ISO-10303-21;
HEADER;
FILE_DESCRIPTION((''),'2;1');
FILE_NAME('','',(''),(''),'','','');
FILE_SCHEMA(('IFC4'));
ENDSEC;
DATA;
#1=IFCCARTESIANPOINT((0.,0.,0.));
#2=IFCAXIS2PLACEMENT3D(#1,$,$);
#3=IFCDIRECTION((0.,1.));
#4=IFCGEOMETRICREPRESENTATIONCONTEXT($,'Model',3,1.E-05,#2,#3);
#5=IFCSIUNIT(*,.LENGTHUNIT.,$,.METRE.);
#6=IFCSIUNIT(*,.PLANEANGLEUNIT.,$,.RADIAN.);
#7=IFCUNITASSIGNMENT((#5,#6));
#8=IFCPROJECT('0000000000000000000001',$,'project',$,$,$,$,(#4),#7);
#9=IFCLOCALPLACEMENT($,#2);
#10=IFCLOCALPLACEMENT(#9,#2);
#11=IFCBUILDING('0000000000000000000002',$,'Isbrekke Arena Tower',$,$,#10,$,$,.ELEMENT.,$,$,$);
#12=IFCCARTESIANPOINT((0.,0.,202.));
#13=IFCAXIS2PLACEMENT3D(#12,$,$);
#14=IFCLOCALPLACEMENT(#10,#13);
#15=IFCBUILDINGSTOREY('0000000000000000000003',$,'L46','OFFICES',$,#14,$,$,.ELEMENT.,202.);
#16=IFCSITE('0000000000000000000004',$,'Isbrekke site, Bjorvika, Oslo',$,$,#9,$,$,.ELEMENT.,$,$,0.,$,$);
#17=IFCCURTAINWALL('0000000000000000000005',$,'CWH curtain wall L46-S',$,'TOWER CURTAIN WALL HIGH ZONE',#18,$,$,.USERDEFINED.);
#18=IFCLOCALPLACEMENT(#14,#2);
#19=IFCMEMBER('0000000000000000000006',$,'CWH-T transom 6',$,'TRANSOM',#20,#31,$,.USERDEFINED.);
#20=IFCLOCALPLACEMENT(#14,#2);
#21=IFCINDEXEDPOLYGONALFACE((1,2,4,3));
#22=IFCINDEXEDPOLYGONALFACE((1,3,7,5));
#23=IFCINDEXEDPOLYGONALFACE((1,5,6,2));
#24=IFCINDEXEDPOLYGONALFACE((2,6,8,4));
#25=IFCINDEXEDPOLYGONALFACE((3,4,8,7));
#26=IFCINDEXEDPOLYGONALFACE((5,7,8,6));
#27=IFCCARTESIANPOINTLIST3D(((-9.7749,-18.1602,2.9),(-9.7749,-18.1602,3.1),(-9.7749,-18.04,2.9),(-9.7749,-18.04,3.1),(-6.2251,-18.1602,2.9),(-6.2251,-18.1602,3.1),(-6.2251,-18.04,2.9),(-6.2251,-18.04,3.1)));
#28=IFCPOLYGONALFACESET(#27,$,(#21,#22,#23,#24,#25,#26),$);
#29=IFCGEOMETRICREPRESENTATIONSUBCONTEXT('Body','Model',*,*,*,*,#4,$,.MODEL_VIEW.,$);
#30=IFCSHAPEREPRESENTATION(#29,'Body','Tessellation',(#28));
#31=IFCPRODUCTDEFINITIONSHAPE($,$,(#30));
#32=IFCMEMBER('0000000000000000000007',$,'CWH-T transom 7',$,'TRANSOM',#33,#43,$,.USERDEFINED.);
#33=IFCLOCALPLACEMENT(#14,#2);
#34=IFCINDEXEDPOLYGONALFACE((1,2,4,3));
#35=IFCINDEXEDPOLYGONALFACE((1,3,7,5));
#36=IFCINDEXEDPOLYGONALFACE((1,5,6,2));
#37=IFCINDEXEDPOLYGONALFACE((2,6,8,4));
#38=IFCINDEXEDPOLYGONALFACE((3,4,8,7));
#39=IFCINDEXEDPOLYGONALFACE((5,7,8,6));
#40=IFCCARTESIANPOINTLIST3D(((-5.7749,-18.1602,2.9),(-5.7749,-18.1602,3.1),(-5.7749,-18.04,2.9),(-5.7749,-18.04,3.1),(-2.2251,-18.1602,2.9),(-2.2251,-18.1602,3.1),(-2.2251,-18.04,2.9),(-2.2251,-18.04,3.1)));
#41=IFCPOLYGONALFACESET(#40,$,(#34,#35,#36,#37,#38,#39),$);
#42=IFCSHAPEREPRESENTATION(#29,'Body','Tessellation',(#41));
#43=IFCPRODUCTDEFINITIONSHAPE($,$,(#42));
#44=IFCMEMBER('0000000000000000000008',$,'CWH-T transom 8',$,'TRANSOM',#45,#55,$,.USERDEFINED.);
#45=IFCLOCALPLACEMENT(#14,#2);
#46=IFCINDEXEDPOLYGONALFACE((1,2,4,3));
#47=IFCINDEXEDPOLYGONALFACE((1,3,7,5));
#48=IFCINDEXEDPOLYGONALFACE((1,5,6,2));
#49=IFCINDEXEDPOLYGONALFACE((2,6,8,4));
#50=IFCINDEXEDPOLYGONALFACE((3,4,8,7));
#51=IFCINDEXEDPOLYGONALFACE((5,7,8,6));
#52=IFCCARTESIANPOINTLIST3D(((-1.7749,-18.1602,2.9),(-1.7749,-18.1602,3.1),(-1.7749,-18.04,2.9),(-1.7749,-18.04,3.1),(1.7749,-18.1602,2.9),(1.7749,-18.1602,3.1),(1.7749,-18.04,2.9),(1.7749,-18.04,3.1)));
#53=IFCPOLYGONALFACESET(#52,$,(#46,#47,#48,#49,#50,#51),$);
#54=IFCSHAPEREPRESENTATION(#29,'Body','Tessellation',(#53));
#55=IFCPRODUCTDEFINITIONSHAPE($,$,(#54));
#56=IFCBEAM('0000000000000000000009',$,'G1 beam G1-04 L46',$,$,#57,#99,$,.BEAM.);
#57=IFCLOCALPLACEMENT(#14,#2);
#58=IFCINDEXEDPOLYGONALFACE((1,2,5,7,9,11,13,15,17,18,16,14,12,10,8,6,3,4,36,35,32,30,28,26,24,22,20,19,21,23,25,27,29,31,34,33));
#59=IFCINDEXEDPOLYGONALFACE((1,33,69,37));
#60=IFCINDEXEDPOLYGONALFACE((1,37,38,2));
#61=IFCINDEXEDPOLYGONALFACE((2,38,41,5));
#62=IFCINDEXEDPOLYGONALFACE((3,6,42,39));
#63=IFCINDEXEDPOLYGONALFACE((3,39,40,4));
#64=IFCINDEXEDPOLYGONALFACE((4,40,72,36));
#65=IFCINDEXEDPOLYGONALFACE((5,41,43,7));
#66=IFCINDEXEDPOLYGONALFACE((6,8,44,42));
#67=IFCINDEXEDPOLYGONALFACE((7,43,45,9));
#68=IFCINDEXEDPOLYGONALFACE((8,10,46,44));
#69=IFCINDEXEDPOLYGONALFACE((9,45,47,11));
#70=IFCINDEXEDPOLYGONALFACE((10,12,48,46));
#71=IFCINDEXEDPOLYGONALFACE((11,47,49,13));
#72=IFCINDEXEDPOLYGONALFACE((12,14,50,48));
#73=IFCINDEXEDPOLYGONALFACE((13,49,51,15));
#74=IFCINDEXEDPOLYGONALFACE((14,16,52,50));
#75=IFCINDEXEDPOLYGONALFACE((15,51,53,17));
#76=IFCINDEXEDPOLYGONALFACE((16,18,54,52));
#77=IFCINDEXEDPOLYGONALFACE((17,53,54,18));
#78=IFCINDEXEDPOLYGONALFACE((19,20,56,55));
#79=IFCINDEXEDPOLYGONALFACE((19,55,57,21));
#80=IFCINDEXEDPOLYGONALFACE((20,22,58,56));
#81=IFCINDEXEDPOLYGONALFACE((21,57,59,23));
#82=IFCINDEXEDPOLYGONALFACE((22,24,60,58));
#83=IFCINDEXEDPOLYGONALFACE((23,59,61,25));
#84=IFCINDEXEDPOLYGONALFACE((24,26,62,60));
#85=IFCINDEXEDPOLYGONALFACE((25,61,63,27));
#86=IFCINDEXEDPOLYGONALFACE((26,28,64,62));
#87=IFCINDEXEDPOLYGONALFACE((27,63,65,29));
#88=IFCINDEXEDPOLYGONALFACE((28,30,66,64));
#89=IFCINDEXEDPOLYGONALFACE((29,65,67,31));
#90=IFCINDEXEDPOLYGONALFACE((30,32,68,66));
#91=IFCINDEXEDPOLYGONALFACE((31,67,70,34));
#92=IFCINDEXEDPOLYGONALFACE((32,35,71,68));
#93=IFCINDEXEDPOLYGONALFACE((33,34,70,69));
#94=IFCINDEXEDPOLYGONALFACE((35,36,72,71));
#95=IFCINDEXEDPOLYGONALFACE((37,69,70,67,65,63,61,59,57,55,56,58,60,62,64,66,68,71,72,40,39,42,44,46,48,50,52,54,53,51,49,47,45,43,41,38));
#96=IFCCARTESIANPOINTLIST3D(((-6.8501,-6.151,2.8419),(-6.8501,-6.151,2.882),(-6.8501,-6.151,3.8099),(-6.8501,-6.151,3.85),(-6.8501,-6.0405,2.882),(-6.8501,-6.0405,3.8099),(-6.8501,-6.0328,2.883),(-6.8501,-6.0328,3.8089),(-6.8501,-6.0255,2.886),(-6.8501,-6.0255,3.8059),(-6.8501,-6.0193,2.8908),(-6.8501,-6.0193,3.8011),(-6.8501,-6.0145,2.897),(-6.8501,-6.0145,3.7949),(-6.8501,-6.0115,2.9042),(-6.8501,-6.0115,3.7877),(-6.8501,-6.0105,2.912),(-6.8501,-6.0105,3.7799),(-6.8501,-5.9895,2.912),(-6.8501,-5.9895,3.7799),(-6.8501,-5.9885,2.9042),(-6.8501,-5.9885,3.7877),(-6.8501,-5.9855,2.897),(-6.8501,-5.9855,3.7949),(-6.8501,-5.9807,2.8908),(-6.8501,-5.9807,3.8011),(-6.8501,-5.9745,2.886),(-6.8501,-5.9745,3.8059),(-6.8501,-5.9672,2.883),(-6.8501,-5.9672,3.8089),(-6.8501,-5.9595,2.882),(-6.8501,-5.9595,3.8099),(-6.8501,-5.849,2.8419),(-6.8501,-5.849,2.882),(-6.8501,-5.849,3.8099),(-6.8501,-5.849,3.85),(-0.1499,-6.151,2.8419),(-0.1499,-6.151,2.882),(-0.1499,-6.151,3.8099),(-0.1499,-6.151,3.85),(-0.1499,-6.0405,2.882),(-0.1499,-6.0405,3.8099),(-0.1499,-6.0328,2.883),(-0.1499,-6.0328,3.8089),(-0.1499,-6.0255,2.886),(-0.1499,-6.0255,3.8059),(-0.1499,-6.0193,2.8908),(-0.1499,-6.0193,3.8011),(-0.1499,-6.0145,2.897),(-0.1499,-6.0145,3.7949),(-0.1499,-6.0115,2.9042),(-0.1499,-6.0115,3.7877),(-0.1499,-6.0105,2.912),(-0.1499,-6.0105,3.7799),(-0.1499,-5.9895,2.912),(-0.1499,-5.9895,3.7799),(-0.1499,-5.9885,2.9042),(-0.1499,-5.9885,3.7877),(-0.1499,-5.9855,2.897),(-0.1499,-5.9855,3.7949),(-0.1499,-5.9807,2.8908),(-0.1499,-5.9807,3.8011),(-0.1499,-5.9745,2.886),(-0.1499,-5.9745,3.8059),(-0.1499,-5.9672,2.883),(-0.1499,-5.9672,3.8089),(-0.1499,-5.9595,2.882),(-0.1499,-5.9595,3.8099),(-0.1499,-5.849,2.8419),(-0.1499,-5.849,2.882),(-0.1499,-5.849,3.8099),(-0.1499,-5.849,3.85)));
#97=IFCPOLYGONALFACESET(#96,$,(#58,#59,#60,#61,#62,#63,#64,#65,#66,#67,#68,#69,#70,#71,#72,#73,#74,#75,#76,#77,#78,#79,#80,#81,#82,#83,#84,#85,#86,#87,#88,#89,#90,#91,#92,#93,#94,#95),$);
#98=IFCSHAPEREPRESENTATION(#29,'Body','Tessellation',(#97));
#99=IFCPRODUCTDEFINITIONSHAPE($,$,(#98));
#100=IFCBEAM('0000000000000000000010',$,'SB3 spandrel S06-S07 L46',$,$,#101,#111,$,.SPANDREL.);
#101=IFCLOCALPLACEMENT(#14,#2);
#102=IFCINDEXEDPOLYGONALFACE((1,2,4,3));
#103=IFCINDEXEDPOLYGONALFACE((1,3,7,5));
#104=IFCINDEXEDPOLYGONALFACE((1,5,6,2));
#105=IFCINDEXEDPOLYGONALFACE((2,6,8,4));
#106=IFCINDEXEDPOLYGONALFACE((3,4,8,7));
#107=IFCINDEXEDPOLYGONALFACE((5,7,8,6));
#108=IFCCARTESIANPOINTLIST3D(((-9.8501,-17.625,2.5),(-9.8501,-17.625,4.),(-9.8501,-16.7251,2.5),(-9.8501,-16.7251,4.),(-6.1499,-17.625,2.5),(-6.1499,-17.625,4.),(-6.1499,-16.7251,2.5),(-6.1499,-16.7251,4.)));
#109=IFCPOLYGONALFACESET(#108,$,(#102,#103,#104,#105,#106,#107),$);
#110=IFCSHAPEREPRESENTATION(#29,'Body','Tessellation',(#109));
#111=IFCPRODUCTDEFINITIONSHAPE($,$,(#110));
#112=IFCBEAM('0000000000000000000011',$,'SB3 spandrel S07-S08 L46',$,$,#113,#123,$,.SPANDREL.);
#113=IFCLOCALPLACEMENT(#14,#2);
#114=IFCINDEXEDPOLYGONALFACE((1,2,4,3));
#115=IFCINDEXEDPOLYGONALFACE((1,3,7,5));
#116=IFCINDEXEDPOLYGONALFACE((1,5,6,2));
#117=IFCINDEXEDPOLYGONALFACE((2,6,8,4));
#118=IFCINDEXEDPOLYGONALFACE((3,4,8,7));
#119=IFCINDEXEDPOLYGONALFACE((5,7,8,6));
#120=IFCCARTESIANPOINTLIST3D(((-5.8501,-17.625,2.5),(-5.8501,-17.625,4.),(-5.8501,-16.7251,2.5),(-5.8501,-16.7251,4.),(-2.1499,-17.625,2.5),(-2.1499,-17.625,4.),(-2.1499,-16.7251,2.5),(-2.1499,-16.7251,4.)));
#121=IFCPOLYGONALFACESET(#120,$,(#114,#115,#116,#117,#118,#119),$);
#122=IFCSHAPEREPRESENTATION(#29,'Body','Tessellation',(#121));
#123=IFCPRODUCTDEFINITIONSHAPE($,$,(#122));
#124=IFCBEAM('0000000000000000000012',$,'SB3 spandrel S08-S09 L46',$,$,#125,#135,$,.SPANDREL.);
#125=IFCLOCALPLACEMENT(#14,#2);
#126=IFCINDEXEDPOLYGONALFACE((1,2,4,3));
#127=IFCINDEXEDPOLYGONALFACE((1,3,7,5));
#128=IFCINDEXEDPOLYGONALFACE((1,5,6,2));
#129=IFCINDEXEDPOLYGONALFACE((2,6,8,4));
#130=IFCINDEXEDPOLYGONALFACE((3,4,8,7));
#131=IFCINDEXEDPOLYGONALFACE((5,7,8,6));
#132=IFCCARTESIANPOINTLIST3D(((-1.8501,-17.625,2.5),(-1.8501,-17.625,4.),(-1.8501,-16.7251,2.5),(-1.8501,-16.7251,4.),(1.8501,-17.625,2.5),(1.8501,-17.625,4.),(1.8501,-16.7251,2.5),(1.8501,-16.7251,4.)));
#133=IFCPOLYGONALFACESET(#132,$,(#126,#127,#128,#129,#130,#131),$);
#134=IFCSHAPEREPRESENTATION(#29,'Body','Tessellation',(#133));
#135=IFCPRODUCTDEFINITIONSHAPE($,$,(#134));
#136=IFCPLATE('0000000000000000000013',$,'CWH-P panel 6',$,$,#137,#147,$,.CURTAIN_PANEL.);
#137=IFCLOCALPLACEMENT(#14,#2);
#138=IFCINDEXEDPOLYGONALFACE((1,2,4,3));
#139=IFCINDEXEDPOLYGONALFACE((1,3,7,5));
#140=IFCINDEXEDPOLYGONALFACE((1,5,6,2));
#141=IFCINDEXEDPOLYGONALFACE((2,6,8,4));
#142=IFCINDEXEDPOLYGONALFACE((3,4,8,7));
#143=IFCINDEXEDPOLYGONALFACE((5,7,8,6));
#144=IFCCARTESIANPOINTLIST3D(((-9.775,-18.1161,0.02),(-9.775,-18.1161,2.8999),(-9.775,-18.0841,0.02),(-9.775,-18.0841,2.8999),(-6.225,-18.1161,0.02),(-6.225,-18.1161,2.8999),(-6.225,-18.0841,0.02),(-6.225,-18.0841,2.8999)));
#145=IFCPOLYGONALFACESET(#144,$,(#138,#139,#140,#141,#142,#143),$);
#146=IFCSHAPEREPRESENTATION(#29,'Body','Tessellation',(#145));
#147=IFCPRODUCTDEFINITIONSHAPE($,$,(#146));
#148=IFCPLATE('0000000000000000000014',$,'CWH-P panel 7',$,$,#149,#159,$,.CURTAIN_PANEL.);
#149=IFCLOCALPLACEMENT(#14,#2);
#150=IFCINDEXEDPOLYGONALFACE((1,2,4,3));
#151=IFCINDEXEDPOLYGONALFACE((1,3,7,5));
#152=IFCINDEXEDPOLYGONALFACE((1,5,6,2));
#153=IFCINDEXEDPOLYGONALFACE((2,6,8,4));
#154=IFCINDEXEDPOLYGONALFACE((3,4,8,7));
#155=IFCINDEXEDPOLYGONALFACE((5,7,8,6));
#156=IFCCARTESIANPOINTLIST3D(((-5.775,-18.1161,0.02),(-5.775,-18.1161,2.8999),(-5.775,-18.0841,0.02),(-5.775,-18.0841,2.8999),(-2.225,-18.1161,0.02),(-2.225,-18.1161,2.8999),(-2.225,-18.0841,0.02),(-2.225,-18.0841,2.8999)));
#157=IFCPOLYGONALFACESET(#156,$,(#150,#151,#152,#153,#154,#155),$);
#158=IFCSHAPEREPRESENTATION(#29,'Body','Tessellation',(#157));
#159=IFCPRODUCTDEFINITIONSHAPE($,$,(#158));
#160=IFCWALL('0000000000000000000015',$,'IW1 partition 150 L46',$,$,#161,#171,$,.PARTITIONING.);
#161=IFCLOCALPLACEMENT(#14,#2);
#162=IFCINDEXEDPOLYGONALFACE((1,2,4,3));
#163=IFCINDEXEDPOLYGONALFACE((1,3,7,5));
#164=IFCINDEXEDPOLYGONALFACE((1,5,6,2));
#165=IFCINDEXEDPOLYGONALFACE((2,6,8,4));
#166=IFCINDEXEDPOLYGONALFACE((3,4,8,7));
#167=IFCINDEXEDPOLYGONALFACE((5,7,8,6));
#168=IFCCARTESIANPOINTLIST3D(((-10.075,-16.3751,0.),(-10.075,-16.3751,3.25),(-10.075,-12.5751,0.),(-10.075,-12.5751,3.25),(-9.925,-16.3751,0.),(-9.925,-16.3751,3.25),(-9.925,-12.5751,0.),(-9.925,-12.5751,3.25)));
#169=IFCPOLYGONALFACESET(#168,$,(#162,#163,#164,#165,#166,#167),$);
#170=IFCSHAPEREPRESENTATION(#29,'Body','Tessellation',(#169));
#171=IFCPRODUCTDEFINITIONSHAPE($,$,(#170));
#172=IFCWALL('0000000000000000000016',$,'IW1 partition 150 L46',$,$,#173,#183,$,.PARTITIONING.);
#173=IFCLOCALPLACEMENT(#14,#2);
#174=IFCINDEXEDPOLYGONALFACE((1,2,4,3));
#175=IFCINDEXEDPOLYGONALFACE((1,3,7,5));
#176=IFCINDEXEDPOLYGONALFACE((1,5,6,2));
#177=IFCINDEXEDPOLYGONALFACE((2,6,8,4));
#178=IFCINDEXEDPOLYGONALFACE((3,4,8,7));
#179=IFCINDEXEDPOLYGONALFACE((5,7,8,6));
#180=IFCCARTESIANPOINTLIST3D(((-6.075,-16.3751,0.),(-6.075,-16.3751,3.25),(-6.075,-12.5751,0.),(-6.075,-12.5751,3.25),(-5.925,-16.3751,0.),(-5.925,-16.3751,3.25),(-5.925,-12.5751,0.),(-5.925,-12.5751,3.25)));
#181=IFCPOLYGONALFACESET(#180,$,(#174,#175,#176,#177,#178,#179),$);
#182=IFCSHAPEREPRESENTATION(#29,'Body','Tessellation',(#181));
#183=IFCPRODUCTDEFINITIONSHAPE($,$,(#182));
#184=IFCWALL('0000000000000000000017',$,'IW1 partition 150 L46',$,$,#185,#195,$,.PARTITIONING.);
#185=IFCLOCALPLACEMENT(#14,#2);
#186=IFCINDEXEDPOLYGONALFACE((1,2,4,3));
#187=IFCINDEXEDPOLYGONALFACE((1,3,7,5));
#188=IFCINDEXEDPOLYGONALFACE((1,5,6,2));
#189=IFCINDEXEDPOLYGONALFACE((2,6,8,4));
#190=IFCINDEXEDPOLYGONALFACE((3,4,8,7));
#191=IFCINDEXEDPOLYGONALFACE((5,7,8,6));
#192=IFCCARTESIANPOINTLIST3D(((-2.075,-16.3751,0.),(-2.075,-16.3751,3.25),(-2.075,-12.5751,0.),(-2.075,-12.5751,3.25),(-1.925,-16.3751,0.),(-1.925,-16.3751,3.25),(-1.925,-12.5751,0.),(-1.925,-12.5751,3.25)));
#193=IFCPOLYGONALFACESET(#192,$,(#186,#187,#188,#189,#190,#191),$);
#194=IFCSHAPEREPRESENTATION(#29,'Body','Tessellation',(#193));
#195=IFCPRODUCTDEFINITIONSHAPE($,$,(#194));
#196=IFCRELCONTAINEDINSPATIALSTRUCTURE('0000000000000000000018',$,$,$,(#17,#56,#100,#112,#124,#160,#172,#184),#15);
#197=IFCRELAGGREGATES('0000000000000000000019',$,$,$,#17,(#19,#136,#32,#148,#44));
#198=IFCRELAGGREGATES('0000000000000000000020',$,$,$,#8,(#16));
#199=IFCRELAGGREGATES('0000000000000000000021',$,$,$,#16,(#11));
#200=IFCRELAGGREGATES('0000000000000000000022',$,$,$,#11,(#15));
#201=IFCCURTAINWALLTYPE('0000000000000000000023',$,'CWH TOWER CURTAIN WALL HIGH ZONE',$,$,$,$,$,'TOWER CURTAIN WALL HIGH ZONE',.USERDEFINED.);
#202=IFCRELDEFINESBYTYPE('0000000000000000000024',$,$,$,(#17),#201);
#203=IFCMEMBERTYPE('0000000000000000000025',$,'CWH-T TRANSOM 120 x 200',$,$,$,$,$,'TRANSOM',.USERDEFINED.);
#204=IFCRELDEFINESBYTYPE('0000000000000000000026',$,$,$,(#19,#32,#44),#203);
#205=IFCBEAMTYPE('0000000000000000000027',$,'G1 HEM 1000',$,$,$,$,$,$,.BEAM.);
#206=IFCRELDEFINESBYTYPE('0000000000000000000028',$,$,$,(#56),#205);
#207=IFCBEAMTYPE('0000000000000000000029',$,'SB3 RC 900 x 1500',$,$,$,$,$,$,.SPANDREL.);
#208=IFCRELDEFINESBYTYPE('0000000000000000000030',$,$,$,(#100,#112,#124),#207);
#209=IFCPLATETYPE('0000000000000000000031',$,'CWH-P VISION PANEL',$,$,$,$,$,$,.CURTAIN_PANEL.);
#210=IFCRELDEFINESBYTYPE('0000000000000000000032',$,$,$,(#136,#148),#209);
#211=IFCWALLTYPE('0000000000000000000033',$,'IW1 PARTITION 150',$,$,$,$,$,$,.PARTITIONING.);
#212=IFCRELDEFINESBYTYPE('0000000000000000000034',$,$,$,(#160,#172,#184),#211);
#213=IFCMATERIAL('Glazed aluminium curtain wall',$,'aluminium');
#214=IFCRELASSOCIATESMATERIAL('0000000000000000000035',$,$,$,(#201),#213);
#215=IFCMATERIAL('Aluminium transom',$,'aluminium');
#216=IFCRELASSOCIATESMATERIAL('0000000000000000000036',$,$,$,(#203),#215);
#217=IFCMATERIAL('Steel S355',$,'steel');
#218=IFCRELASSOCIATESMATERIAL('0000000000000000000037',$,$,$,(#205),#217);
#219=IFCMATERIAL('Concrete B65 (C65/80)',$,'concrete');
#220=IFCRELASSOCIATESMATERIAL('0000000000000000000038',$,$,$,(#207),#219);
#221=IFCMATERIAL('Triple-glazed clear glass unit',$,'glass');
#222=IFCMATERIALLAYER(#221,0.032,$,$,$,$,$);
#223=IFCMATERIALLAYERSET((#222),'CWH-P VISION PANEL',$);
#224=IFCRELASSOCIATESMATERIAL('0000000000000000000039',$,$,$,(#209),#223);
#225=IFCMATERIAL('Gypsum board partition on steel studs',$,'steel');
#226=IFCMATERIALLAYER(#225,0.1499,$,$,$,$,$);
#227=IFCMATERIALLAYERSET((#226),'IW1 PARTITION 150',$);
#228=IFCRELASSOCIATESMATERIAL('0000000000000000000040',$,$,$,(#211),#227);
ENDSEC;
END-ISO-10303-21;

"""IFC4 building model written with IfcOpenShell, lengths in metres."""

from ifc_helpers import new_model, si_unit, direction, frame, frame_2d, origin, origin_2d, place, context, subcontext, project, spatial, rectangle, i_section, extrude, material, layer, layer_set, material_profile, profile_set, type_object, element, aggregate, save


model = new_model("IFC4")

# Units and contexts
model_context = context("Model", 3, precision=1e-05, world=origin(), true_north=direction((0.0, 1.0)))
body_context = subcontext(model_context, "Body", "Model", "MODEL_VIEW")
ifc_project = project(units=[si_unit("LENGTHUNIT", "METRE"), si_unit("PLANEANGLEUNIT", "RADIAN")], contexts=[model_context])

# Site, building, storey
site_placement = place(None, origin())
site = spatial("IfcSite", under=ifc_project, at=site_placement, Name="Isbrekke site, Bjorvika, Oslo", CompositionType="ELEMENT", RefElevation=0.0)
building_placement = place(site_placement, origin())
building = spatial("IfcBuilding", under=site, at=building_placement, Name="Isbrekke Arena Tower", CompositionType="ELEMENT")
storey_placement = place(building_placement, frame((0.0, 0.0, 202.0)))
storey = spatial("IfcBuildingStorey", under=building, at=storey_placement, Name="L46", Description="OFFICES", CompositionType="ELEMENT", Elevation=202.0)

# Curtain wall, members
ifc_material_1 = material(Name="Glazed aluminium curtain wall", Category="aluminium")
curtain_wall_type = type_object("IfcCurtainWallType", Name="CWH TOWER CURTAIN WALL HIGH ZONE", ElementType="TOWER CURTAIN WALL HIGH ZONE", PredefinedType="USERDEFINED", material=ifc_material_1)
curtain_wall_placement = place(storey_placement, origin())
curtain_wall = element("IfcCurtainWall", 1, at=curtain_wall_placement, inside=storey, type_object=curtain_wall_type, Name="CWH curtain wall L46-S", ObjectType="TOWER CURTAIN WALL HIGH ZONE", PredefinedType="USERDEFINED")
ifc_material_2 = material(Name="Aluminium transom", Category="aluminium")
ifc_material_profile_1 = material_profile(ifc_material_2, rectangle(XDim=0.1201, YDim=0.2, at=origin_2d()), Name="TRANSOM 120X200")
ifc_profile_set_1 = profile_set([ifc_material_profile_1], Name="Aluminium transom")
member_type_1 = type_object("IfcMemberType", Name="CWH-T TRANSOM 120 x 200", ElementType="TRANSOM", PredefinedType="USERDEFINED", material=ifc_profile_set_1)
member_1_placement = place(storey_placement, frame((-9.7749, -18.1001, 3.0), z_axis=(1.0, 0.0, 0.0), x_axis=(0.0, 1.0, 0.0)))
member_1 = element("IfcMember", 2, at=member_1_placement, type_object=member_type_1, Name="CWH-T transom 6", ObjectType="TRANSOM", PredefinedType="USERDEFINED", context=body_context, shape_type="SweptSolid", body=[
    extrude(rectangle(XDim=0.1201, YDim=0.2, at=origin_2d()), origin(), (0.0, 0.0, 1.0), 3.5498),
])
member_2_placement = place(storey_placement, frame((-5.7749, -18.1001, 3.0), z_axis=(1.0, 0.0, 0.0), x_axis=(0.0, 1.0, 0.0)))
member_2 = element("IfcMember", 3, at=member_2_placement, type_object=member_type_1, Name="CWH-T transom 7", ObjectType="TRANSOM", PredefinedType="USERDEFINED", context=body_context, shape_type="SweptSolid", body=[
    extrude(rectangle(XDim=0.1201, YDim=0.2, at=origin_2d()), origin(), (0.0, 0.0, 1.0), 3.5498),
])
member_3_placement = place(storey_placement, frame((-1.7749, -18.1001, 3.0), z_axis=(1.0, 0.0, 0.0), x_axis=(0.0, 1.0, 0.0)))
member_3 = element("IfcMember", 4, at=member_3_placement, type_object=member_type_1, Name="CWH-T transom 8", ObjectType="TRANSOM", PredefinedType="USERDEFINED", context=body_context, shape_type="SweptSolid", body=[
    extrude(rectangle(XDim=0.1201, YDim=0.2, at=origin_2d()), origin(), (0.0, 0.0, 1.0), 3.5498),
])

# Beams
ifc_material_3 = material(Name="Steel S355", Category="steel")
ifc_material_profile_2 = material_profile(ifc_material_3, i_section(OverallWidth=0.302, OverallDepth=1.0081, WebThickness=0.021, FlangeThickness=0.04, FilletRadius=0.03, at=origin_2d()), Name="HEM 1000")
ifc_profile_set_2 = profile_set([ifc_material_profile_2], Name="Steel S355")
beam_type_1 = type_object("IfcBeamType", Name="G1 HEM 1000", PredefinedType="BEAM", material=ifc_profile_set_2)
beam_1_placement = place(storey_placement, frame((-6.8501, -6.0, 3.3459), z_axis=(1.0, 0.0, 0.0), x_axis=(0.0, 1.0, 0.0)))
element("IfcBeam", 5, at=beam_1_placement, inside=storey, type_object=beam_type_1, Name="G1 beam G1-04 L46", PredefinedType="BEAM", context=body_context, shape_type="SweptSolid", body=[
    extrude(i_section(OverallWidth=0.302, OverallDepth=1.0081, WebThickness=0.021, FlangeThickness=0.04, FilletRadius=0.03, at=origin_2d()), origin(), (0.0, 0.0, 1.0), 6.7002),
])
ifc_material_4 = material(Name="Concrete B65 (C65/80)", Category="concrete")
ifc_material_profile_3 = material_profile(ifc_material_4, rectangle(XDim=0.8999, YDim=1.5, at=origin_2d()), Name="RC 900x1500")
ifc_profile_set_3 = profile_set([ifc_material_profile_3], Name="Concrete B65 (C65/80)")
beam_type_2 = type_object("IfcBeamType", Name="SB3 RC 900 x 1500", PredefinedType="SPANDREL", material=ifc_profile_set_3)
for number, where, z_axis, x_axis, name in (
    (6, (-9.8501, -17.175, 3.25), (1.0, 0.0, 0.0), (0.0, 1.0, 0.0), "SB3 spandrel S06-S07 L46"),
    (7, (-5.8501, -17.175, 3.25), (1.0, 0.0, 0.0), (0.0, 1.0, 0.0), "SB3 spandrel S07-S08 L46"),
    (8, (-1.8501, -17.175, 3.25), (1.0, 0.0, 0.0), (0.0, 1.0, 0.0), "SB3 spandrel S08-S09 L46"),
):
    element("IfcBeam", number, at=place(storey_placement, frame(where, z_axis=z_axis, x_axis=x_axis)), inside=storey, type_object=beam_type_2, Name=name, PredefinedType="SPANDREL", context=body_context, shape_type="SweptSolid", body=[
        extrude(rectangle(XDim=0.8999, YDim=1.5, at=origin_2d()), origin(), (0.0, 0.0, 1.0), 3.7002),
    ])

# Plates
ifc_material_5 = material(Name="Triple-glazed clear glass unit", Category="glass")
ifc_layer_1 = layer(ifc_material_5, 0.032)
ifc_layer_set_1 = layer_set([ifc_layer_1], Name="CWH-P VISION PANEL")
plate_type = type_object("IfcPlateType", Name="CWH-P VISION PANEL", PredefinedType="CURTAIN_PANEL", material=ifc_layer_set_1)
plate_1_placement = place(storey_placement, frame((-8.0, -18.1001, 0.02), z_axis=(0.0, 0.0, 1.0), x_axis=(1.0, 0.0, 0.0)))
plate_1 = element("IfcPlate", 9, at=plate_1_placement, type_object=plate_type, Name="CWH-P panel 6", PredefinedType="CURTAIN_PANEL", context=body_context, shape_type="SweptSolid", body=[
    extrude(rectangle(XDim=3.55, YDim=0.032, at=origin_2d()), origin(), (0.0, 0.0, 1.0), 2.8799),
])
plate_2_placement = place(storey_placement, frame((-4.0, -18.1001, 0.02), z_axis=(0.0, 0.0, 1.0), x_axis=(1.0, 0.0, 0.0)))
plate_2 = element("IfcPlate", 10, at=plate_2_placement, type_object=plate_type, Name="CWH-P panel 7", PredefinedType="CURTAIN_PANEL", context=body_context, shape_type="SweptSolid", body=[
    extrude(rectangle(XDim=3.55, YDim=0.032, at=origin_2d()), origin(), (0.0, 0.0, 1.0), 2.8799),
])
aggregate(curtain_wall, [member_1, plate_1, member_2, plate_2, member_3])

# Walls
ifc_material_6 = material(Name="Gypsum board partition on steel studs", Category="steel")
ifc_layer_2 = layer(ifc_material_6, 0.1499)
ifc_layer_set_2 = layer_set([ifc_layer_2], Name="IW1 PARTITION 150")
wall_type_1 = type_object("IfcWallType", Name="IW1 PARTITION 150", PredefinedType="PARTITIONING", material=ifc_layer_set_2)
for number, where, z_axis, x_axis, name in (
    (11, (-10.0, -16.375, 0.0), (0.0, 0.0, 1.0), (0.0, 1.0, 0.0), "IW1 partition 150 L46"),
    (12, (-6.0, -16.375, 0.0), (0.0, 0.0, 1.0), (0.0, 1.0, 0.0), "IW1 partition 150 L46"),
    (13, (-2.0, -16.375, 0.0), (0.0, 0.0, 1.0), (0.0, 1.0, 0.0), "IW1 partition 150 L46"),
):
    element("IfcWall", number, at=place(storey_placement, frame(where, z_axis=z_axis, x_axis=x_axis)), inside=storey, type_object=wall_type_1, Name=name, PredefinedType="PARTITIONING", context=body_context, shape_type="SweptSolid", body=[
        extrude(rectangle(XDim=3.8, YDim=0.1499, at=frame_2d((1.8999, 0.0))), origin(), (0.0, 0.0, 1.0), 3.25),
    ])

save(model, "model.ifc")
